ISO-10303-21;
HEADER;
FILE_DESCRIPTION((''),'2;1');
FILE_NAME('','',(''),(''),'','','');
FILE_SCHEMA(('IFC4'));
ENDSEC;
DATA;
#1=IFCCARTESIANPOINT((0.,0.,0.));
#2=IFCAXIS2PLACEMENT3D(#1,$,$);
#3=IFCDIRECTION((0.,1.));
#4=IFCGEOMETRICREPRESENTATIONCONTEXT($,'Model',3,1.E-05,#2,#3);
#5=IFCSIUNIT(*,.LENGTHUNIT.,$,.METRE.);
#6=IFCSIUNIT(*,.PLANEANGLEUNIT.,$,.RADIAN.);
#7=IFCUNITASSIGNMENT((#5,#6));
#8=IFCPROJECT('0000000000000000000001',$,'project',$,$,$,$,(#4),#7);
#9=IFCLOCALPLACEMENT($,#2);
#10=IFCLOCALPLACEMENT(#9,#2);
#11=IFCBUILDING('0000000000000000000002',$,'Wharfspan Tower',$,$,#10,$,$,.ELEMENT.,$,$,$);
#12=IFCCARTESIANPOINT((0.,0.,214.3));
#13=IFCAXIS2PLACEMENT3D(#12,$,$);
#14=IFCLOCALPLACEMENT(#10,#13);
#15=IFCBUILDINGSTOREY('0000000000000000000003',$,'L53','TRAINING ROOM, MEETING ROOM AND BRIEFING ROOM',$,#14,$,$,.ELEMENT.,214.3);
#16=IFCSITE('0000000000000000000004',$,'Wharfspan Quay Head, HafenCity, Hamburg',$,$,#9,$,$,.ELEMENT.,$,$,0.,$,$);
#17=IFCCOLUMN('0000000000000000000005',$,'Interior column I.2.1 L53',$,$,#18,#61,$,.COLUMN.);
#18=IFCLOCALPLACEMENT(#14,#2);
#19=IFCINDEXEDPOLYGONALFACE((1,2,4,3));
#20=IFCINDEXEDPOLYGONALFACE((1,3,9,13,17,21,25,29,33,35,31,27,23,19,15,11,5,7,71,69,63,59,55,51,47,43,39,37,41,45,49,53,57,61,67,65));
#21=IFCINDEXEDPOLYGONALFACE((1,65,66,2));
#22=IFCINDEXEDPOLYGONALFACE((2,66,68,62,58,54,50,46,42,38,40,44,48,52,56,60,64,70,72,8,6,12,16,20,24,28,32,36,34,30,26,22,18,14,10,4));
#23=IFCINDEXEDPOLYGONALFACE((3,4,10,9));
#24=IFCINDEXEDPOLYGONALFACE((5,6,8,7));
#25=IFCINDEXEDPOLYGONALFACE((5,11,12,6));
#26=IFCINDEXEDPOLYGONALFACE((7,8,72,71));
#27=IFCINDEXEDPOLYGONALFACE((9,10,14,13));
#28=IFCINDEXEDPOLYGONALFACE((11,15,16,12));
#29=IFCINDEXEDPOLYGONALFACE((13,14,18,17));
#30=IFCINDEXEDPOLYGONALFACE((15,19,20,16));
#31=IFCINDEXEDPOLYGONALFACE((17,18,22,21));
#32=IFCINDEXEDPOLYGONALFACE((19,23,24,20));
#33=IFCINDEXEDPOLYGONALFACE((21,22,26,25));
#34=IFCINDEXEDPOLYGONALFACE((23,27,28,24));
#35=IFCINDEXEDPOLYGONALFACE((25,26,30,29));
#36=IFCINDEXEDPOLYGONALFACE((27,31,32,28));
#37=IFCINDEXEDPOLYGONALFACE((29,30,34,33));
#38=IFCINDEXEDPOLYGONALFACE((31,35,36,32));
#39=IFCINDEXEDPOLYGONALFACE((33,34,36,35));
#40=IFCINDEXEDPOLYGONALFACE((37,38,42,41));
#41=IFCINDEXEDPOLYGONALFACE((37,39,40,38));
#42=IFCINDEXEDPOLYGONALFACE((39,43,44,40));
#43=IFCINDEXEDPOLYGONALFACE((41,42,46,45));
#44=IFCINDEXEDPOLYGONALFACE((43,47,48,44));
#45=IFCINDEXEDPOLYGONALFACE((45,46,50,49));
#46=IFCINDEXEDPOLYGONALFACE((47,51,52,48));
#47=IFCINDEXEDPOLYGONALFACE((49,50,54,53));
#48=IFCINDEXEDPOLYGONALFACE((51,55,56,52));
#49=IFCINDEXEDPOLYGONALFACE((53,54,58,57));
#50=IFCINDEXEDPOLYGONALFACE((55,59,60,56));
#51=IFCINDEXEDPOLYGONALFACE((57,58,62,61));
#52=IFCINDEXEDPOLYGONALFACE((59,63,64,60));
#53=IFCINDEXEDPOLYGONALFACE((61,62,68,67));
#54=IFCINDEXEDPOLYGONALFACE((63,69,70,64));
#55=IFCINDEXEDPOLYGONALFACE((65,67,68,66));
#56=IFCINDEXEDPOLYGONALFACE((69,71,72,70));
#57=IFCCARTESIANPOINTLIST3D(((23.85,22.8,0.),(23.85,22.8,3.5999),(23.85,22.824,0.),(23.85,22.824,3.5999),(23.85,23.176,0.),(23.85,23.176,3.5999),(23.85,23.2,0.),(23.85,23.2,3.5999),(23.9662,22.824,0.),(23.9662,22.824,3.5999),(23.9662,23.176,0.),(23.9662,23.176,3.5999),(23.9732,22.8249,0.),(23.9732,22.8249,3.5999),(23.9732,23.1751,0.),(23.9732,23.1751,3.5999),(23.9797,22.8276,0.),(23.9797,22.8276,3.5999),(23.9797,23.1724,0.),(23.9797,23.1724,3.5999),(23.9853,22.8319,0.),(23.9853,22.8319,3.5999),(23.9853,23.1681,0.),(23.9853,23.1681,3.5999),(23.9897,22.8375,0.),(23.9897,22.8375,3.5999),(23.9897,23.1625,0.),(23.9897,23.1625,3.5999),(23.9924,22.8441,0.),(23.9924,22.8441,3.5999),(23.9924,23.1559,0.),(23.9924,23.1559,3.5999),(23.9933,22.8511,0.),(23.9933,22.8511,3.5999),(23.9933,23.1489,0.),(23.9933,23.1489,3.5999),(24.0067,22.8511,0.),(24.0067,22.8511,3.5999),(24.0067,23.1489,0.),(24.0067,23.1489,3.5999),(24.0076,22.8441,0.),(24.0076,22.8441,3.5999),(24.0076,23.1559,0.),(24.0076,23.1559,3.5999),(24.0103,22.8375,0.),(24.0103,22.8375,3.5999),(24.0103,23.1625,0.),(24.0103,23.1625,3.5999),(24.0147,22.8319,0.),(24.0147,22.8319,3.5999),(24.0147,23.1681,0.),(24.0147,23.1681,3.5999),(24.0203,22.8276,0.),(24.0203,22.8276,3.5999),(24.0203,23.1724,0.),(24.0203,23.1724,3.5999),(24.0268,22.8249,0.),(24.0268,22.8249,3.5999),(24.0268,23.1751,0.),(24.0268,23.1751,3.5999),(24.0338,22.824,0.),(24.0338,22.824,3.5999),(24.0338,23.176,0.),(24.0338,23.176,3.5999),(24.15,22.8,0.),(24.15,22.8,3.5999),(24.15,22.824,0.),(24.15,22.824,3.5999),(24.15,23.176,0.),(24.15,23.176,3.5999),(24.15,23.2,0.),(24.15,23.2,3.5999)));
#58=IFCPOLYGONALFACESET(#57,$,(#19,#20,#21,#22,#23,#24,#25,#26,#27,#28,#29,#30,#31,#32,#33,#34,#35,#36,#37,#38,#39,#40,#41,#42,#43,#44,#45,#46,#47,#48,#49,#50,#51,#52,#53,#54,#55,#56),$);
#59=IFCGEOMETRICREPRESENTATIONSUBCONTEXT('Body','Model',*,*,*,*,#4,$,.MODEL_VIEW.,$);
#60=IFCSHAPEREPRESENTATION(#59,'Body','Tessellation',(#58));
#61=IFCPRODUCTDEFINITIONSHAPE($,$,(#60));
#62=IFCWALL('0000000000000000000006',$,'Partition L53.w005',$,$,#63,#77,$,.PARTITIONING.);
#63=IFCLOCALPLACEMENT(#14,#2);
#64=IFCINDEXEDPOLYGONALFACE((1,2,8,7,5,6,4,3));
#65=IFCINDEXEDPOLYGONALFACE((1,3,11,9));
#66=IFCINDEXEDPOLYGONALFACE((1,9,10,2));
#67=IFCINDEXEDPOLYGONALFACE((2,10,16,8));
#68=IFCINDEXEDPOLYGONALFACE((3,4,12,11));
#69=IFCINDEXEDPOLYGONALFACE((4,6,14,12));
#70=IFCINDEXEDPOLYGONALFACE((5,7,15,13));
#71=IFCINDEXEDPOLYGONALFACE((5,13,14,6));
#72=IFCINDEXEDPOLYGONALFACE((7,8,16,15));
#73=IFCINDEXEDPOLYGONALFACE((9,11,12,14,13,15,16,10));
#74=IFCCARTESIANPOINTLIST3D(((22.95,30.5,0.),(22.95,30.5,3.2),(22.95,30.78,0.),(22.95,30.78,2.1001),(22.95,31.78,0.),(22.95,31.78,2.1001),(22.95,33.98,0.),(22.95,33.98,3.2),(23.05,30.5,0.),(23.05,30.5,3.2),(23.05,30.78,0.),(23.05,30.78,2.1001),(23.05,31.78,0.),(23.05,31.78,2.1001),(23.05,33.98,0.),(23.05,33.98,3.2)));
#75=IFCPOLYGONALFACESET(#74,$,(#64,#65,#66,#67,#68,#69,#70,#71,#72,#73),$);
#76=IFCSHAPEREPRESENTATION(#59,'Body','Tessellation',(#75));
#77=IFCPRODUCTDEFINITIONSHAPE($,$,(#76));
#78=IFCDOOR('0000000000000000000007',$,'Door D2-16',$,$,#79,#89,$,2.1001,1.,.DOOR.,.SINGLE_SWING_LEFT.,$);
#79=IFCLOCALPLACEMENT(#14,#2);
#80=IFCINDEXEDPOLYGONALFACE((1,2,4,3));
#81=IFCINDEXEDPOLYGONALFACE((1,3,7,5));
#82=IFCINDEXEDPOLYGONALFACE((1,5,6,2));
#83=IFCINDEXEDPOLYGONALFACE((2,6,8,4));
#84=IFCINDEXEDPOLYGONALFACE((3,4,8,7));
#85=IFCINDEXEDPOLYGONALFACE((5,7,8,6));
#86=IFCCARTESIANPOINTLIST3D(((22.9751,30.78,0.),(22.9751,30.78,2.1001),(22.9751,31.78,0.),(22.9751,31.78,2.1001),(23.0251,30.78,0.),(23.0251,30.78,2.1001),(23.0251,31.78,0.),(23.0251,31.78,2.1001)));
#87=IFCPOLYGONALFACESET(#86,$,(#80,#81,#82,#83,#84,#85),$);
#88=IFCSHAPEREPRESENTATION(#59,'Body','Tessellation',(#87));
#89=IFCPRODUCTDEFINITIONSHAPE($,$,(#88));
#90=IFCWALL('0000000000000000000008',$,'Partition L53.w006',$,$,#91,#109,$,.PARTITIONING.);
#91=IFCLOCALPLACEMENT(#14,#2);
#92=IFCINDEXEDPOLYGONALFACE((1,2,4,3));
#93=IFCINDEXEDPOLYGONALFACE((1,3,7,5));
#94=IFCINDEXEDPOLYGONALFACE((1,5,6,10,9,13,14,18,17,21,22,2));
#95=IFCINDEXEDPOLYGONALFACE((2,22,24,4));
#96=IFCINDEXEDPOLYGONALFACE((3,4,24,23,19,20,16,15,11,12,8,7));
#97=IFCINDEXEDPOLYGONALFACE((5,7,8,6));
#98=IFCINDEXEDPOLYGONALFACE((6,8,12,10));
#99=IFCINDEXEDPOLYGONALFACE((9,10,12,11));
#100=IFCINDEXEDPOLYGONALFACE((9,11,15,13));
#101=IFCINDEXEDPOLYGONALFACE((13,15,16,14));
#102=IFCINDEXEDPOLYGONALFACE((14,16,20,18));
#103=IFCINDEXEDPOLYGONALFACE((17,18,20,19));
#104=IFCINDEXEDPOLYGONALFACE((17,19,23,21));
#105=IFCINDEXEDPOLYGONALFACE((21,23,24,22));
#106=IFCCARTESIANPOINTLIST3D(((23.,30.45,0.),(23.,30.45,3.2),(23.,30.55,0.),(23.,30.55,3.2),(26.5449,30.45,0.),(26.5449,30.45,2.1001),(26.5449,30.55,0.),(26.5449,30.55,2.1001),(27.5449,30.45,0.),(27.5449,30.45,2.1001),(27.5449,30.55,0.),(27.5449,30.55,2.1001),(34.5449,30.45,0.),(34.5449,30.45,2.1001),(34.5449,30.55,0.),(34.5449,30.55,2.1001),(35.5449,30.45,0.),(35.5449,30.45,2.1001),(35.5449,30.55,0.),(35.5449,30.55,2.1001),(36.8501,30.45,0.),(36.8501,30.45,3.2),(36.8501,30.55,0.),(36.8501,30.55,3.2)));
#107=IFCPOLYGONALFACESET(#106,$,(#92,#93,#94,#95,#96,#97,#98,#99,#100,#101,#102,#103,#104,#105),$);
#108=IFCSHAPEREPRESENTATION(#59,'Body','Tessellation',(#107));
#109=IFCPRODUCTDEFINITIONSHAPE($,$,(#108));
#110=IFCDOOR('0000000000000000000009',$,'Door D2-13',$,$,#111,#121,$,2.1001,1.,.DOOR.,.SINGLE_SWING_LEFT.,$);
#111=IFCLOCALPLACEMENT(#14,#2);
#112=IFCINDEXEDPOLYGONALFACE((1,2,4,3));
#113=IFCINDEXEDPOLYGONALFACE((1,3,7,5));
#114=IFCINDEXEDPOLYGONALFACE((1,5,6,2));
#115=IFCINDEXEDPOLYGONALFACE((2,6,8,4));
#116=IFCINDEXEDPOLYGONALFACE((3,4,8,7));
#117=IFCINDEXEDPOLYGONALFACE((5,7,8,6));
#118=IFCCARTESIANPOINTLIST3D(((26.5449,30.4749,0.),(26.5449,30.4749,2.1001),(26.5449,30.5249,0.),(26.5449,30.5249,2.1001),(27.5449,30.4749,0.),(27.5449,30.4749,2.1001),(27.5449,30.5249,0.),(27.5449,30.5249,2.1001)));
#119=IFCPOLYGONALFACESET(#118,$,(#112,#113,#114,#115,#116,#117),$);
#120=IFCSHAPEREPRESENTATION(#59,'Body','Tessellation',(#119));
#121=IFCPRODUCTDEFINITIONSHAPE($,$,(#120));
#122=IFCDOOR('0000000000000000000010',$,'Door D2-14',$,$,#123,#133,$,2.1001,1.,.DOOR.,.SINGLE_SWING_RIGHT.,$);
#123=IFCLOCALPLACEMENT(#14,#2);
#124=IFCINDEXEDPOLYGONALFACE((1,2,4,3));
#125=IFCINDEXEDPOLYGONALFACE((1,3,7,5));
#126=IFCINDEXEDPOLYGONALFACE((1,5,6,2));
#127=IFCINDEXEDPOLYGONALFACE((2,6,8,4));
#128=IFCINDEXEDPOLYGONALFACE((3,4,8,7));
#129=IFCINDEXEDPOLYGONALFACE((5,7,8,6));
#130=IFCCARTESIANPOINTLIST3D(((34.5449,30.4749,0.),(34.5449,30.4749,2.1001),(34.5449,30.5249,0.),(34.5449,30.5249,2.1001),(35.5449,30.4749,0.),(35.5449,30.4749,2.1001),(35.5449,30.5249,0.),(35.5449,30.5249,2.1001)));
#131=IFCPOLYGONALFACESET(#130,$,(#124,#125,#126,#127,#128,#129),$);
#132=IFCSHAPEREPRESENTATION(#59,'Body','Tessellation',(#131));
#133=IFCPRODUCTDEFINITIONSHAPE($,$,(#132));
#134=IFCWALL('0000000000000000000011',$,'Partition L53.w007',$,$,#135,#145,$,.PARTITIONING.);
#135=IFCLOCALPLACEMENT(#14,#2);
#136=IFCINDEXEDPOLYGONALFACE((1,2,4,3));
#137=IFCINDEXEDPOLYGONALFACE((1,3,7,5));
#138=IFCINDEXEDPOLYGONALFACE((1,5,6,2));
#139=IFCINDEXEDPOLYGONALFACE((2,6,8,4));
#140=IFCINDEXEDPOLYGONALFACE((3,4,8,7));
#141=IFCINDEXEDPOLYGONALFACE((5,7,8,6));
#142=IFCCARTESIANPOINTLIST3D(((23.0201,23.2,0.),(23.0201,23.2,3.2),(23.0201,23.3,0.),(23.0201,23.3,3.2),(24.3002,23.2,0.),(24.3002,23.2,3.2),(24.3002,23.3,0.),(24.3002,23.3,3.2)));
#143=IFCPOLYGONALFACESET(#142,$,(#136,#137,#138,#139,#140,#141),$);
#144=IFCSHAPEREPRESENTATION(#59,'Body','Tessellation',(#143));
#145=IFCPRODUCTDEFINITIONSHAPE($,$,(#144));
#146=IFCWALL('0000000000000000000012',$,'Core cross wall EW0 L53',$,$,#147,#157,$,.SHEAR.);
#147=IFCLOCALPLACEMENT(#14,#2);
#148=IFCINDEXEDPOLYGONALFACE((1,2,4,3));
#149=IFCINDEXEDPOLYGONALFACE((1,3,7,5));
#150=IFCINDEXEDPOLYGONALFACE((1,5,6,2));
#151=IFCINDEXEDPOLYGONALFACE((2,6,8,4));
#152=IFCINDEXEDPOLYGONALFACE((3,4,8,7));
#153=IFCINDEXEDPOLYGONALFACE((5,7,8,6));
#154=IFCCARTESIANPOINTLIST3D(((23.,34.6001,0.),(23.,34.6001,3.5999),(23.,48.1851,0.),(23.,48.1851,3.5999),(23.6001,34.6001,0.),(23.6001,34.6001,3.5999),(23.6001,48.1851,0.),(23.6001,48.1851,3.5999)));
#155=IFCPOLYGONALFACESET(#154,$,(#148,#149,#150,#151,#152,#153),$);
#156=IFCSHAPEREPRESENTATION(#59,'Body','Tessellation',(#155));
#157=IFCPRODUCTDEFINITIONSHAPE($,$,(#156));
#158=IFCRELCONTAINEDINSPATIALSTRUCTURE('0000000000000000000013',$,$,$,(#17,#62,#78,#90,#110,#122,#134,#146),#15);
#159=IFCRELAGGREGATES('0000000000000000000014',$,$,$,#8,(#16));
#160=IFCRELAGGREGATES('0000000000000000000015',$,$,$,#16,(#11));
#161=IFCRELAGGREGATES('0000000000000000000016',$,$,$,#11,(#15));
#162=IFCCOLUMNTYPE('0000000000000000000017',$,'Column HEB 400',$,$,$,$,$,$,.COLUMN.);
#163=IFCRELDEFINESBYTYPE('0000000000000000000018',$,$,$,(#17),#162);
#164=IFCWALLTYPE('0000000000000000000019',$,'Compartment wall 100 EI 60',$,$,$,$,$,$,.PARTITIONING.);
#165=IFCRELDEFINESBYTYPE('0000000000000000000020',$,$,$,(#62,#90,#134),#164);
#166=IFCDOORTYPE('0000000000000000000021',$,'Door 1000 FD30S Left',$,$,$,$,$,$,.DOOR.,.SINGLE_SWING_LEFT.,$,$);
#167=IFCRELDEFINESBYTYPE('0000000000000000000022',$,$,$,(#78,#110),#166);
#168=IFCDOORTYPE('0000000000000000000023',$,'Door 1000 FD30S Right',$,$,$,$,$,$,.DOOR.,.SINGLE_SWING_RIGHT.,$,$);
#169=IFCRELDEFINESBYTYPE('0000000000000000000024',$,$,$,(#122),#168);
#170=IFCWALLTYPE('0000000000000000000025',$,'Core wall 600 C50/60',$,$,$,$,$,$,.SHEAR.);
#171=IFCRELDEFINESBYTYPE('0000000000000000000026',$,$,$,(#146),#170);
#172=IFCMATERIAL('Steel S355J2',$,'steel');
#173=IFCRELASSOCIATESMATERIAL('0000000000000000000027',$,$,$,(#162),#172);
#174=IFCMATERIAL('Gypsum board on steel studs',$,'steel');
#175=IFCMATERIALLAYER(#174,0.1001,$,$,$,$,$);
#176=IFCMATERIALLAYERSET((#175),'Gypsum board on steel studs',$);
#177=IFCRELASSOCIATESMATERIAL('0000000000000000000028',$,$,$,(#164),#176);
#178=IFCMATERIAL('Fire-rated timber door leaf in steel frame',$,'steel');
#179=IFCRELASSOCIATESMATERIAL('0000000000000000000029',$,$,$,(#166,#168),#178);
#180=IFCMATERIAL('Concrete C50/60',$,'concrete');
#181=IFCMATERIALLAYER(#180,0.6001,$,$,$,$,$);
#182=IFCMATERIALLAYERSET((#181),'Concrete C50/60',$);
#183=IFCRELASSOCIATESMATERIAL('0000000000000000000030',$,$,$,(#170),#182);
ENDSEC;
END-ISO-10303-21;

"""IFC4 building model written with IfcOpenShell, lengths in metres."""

from ifc_helpers import new_model, si_unit, direction, frame, frame_2d, origin, origin_2d, place, context, subcontext, project, spatial, rectangle, i_section, extrude, material, layer, layer_set, material_profile, profile_set, type_object, element, fill, save


model = new_model("IFC4")

# Units and contexts
model_context = context("Model", 3, precision=1e-05, world=origin(), true_north=direction((0.0, 1.0)))
body_context = subcontext(model_context, "Body", "Model", "MODEL_VIEW")
ifc_project = project(units=[si_unit("LENGTHUNIT", "METRE"), si_unit("PLANEANGLEUNIT", "RADIAN")], contexts=[model_context])

# Site, building, storey
site_placement = place(None, origin())
site = spatial("IfcSite", under=ifc_project, at=site_placement, Name="Wharfspan Quay Head, HafenCity, Hamburg", CompositionType="ELEMENT", RefElevation=0.0)
building_placement = place(site_placement, origin())
building = spatial("IfcBuilding", under=site, at=building_placement, Name="Wharfspan Tower", CompositionType="ELEMENT")
storey_placement = place(building_placement, frame((0.0, 0.0, 214.3)))
storey = spatial("IfcBuildingStorey", under=building, at=storey_placement, Name="L53", Description="TRAINING ROOM, MEETING ROOM AND BRIEFING ROOM", CompositionType="ELEMENT", Elevation=214.3)

# Column
ifc_material_1 = material(Name="Steel S355J2", Category="steel")
ifc_material_profile = material_profile(ifc_material_1, i_section(OverallWidth=0.3, OverallDepth=0.3999, WebThickness=0.0134, FlangeThickness=0.0239, FilletRadius=0.0271, at=origin_2d()))
ifc_profile_set = profile_set([ifc_material_profile], Name="Steel S355J2")
column_type = type_object("IfcColumnType", Name="Column HEB 400", PredefinedType="COLUMN", material=ifc_profile_set)
column_placement = place(storey_placement, frame((24.0, 23.0, 0.0), z_axis=(0.0, 0.0, 1.0), x_axis=(1.0, 0.0, 0.0)))
element("IfcColumn", 1, at=column_placement, inside=storey, type_object=column_type, Name="Interior column I.2.1 L53", PredefinedType="COLUMN", context=body_context, shape_type="SweptSolid", body=[
    extrude(i_section(OverallWidth=0.3, OverallDepth=0.3999, WebThickness=0.0134, FlangeThickness=0.0239, FilletRadius=0.0271, at=origin_2d()), origin(), (0.0, 0.0, 1.0), 3.5999),
])

# Wall, opening, door
ifc_material_2 = material(Name="Gypsum board on steel studs", Category="steel")
ifc_layer_1 = layer(ifc_material_2, 0.1001)
ifc_layer_set_1 = layer_set([ifc_layer_1], Name="Gypsum board on steel studs")
wall_type_1 = type_object("IfcWallType", Name="Compartment wall 100 EI 60", PredefinedType="PARTITIONING", material=ifc_layer_set_1)
wall_1_placement = place(storey_placement, frame((23.0, 30.5, 0.0), z_axis=(0.0, 0.0, 1.0), x_axis=(0.0, 1.0, 0.0)))
wall_1 = element("IfcWall", 2, at=wall_1_placement, inside=storey, type_object=wall_type_1, Name="Partition L53.w005", PredefinedType="PARTITIONING", context=body_context, shape_type="SweptSolid", body=[
    extrude(rectangle(XDim=3.48, YDim=0.1001, at=frame_2d((1.74, 0.0))), origin(), (0.0, 0.0, 1.0), 3.2),
])
opening_1_placement = place(wall_1_placement, frame((0.28, 0.0, 0.0)))
opening_1 = element("IfcOpeningElement", 3, at=opening_1_placement, cuts=wall_1, PredefinedType="OPENING", context=body_context, shape_type="SweptSolid", body=[
    extrude(rectangle(XDim=1.0, YDim=2.1001, at=frame_2d((0.5, 1.05))), frame((0.0, 0.0601, 0.0), z_axis=(0.0, -1.0, 0.0), x_axis=(1.0, 0.0, 0.0)), (0.0, 0.0, 1.0), 0.1201),
])
ifc_material_3 = material(Name="Fire-rated timber door leaf in steel frame", Category="steel")
door_type_1 = type_object("IfcDoorType", Name="Door 1000 FD30S Left", OperationType="SINGLE_SWING_LEFT", PredefinedType="DOOR", material=ifc_material_3)
door_1_placement = place(opening_1_placement, origin())
door_1 = element("IfcDoor", 4, at=door_1_placement, inside=storey, type_object=door_type_1, Name="Door D2-16", OperationType="SINGLE_SWING_LEFT", OverallHeight=2.1001, OverallWidth=1.0, PredefinedType="DOOR", context=body_context, shape_type="SweptSolid", body=[
    extrude(rectangle(XDim=1.0, YDim=2.1001, at=frame_2d((0.5, 1.05))), frame((0.0, 0.0249, 0.0), z_axis=(0.0, -1.0, 0.0), x_axis=(1.0, 0.0, 0.0)), (0.0, 0.0, 1.0), 0.05),
])
fill(opening_1, door_1)

# Wall, openings, doors
wall_2_placement = place(storey_placement, frame((23.0, 30.5, 0.0), z_axis=(0.0, 0.0, 1.0), x_axis=(1.0, 0.0, 0.0)))
wall_2 = element("IfcWall", 5, at=wall_2_placement, inside=storey, type_object=wall_type_1, Name="Partition L53.w006", PredefinedType="PARTITIONING", context=body_context, shape_type="SweptSolid", body=[
    extrude(rectangle(XDim=13.8501, YDim=0.1001, at=frame_2d((6.925, 0.0))), origin(), (0.0, 0.0, 1.0), 3.2),
])
opening_2_placement = place(wall_2_placement, frame((3.5449, 0.0, 0.0)))
opening_2 = element("IfcOpeningElement", 6, at=opening_2_placement, cuts=wall_2, PredefinedType="OPENING", context=body_context, shape_type="SweptSolid", body=[
    extrude(rectangle(XDim=1.0, YDim=2.1001, at=frame_2d((0.5, 1.05))), frame((0.0, 0.0601, 0.0), z_axis=(0.0, -1.0, 0.0), x_axis=(1.0, 0.0, 0.0)), (0.0, 0.0, 1.0), 0.1201),
])
opening_3_placement = place(wall_2_placement, frame((11.5449, 0.0, 0.0)))
opening_3 = element("IfcOpeningElement", 7, at=opening_3_placement, cuts=wall_2, PredefinedType="OPENING", context=body_context, shape_type="SweptSolid", body=[
    extrude(rectangle(XDim=1.0, YDim=2.1001, at=frame_2d((0.5, 1.05))), frame((0.0, 0.0601, 0.0), z_axis=(0.0, -1.0, 0.0), x_axis=(1.0, 0.0, 0.0)), (0.0, 0.0, 1.0), 0.1201),
])
door_2_placement = place(opening_2_placement, origin())
door_2 = element("IfcDoor", 8, at=door_2_placement, inside=storey, type_object=door_type_1, Name="Door D2-13", OperationType="SINGLE_SWING_LEFT", OverallHeight=2.1001, OverallWidth=1.0, PredefinedType="DOOR", context=body_context, shape_type="SweptSolid", body=[
    extrude(rectangle(XDim=1.0, YDim=2.1001, at=frame_2d((0.5, 1.05))), frame((0.0, 0.0249, 0.0), z_axis=(0.0, -1.0, 0.0), x_axis=(1.0, 0.0, 0.0)), (0.0, 0.0, 1.0), 0.05),
])
fill(opening_2, door_2)
door_type_2 = type_object("IfcDoorType", Name="Door 1000 FD30S Right", OperationType="SINGLE_SWING_RIGHT", PredefinedType="DOOR", material=ifc_material_3)
door_3_placement = place(opening_3_placement, origin())
door_3 = element("IfcDoor", 9, at=door_3_placement, inside=storey, type_object=door_type_2, Name="Door D2-14", OperationType="SINGLE_SWING_RIGHT", OverallHeight=2.1001, OverallWidth=1.0, PredefinedType="DOOR", context=body_context, shape_type="SweptSolid", body=[
    extrude(rectangle(XDim=1.0, YDim=2.1001, at=frame_2d((0.5, 1.05))), frame((0.0, 0.0249, 0.0), z_axis=(0.0, -1.0, 0.0), x_axis=(1.0, 0.0, 0.0)), (0.0, 0.0, 1.0), 0.05),
])
fill(opening_3, door_3)

# Wall
wall_3_placement = place(storey_placement, frame((23.02, 23.25, 0.0), z_axis=(0.0, 0.0, 1.0), x_axis=(1.0, 0.0, 0.0)))
element("IfcWall", 10, at=wall_3_placement, inside=storey, type_object=wall_type_1, Name="Partition L53.w007", PredefinedType="PARTITIONING", context=body_context, shape_type="SweptSolid", body=[
    extrude(rectangle(XDim=1.28, YDim=0.1001, at=frame_2d((0.6401, 0.0))), origin(), (0.0, 0.0, 1.0), 3.2),
])

# Shared definitions
ifc_material_4 = material(Name="Concrete C50/60", Category="concrete")
ifc_layer_2 = layer(ifc_material_4, 0.6001)
ifc_layer_set_2 = layer_set([ifc_layer_2], Name="Concrete C50/60")
wall_type_2 = type_object("IfcWallType", Name="Core wall 600 C50/60", PredefinedType="SHEAR", material=ifc_layer_set_2)

# Wall
wall_4_placement = place(storey_placement, frame((23.3, 34.6001, 0.0), z_axis=(0.0, 0.0, 1.0), x_axis=(0.0, 1.0, 0.0)))
element("IfcWall", 11, at=wall_4_placement, inside=storey, type_object=wall_type_2, Name="Core cross wall EW0 L53", PredefinedType="SHEAR", context=body_context, shape_type="SweptSolid", body=[
    extrude(rectangle(XDim=13.585, YDim=0.6001, at=frame_2d((6.7925, 0.0))), origin(), (0.0, 0.0, 1.0), 3.5999),
])

save(model, "model.ifc")
